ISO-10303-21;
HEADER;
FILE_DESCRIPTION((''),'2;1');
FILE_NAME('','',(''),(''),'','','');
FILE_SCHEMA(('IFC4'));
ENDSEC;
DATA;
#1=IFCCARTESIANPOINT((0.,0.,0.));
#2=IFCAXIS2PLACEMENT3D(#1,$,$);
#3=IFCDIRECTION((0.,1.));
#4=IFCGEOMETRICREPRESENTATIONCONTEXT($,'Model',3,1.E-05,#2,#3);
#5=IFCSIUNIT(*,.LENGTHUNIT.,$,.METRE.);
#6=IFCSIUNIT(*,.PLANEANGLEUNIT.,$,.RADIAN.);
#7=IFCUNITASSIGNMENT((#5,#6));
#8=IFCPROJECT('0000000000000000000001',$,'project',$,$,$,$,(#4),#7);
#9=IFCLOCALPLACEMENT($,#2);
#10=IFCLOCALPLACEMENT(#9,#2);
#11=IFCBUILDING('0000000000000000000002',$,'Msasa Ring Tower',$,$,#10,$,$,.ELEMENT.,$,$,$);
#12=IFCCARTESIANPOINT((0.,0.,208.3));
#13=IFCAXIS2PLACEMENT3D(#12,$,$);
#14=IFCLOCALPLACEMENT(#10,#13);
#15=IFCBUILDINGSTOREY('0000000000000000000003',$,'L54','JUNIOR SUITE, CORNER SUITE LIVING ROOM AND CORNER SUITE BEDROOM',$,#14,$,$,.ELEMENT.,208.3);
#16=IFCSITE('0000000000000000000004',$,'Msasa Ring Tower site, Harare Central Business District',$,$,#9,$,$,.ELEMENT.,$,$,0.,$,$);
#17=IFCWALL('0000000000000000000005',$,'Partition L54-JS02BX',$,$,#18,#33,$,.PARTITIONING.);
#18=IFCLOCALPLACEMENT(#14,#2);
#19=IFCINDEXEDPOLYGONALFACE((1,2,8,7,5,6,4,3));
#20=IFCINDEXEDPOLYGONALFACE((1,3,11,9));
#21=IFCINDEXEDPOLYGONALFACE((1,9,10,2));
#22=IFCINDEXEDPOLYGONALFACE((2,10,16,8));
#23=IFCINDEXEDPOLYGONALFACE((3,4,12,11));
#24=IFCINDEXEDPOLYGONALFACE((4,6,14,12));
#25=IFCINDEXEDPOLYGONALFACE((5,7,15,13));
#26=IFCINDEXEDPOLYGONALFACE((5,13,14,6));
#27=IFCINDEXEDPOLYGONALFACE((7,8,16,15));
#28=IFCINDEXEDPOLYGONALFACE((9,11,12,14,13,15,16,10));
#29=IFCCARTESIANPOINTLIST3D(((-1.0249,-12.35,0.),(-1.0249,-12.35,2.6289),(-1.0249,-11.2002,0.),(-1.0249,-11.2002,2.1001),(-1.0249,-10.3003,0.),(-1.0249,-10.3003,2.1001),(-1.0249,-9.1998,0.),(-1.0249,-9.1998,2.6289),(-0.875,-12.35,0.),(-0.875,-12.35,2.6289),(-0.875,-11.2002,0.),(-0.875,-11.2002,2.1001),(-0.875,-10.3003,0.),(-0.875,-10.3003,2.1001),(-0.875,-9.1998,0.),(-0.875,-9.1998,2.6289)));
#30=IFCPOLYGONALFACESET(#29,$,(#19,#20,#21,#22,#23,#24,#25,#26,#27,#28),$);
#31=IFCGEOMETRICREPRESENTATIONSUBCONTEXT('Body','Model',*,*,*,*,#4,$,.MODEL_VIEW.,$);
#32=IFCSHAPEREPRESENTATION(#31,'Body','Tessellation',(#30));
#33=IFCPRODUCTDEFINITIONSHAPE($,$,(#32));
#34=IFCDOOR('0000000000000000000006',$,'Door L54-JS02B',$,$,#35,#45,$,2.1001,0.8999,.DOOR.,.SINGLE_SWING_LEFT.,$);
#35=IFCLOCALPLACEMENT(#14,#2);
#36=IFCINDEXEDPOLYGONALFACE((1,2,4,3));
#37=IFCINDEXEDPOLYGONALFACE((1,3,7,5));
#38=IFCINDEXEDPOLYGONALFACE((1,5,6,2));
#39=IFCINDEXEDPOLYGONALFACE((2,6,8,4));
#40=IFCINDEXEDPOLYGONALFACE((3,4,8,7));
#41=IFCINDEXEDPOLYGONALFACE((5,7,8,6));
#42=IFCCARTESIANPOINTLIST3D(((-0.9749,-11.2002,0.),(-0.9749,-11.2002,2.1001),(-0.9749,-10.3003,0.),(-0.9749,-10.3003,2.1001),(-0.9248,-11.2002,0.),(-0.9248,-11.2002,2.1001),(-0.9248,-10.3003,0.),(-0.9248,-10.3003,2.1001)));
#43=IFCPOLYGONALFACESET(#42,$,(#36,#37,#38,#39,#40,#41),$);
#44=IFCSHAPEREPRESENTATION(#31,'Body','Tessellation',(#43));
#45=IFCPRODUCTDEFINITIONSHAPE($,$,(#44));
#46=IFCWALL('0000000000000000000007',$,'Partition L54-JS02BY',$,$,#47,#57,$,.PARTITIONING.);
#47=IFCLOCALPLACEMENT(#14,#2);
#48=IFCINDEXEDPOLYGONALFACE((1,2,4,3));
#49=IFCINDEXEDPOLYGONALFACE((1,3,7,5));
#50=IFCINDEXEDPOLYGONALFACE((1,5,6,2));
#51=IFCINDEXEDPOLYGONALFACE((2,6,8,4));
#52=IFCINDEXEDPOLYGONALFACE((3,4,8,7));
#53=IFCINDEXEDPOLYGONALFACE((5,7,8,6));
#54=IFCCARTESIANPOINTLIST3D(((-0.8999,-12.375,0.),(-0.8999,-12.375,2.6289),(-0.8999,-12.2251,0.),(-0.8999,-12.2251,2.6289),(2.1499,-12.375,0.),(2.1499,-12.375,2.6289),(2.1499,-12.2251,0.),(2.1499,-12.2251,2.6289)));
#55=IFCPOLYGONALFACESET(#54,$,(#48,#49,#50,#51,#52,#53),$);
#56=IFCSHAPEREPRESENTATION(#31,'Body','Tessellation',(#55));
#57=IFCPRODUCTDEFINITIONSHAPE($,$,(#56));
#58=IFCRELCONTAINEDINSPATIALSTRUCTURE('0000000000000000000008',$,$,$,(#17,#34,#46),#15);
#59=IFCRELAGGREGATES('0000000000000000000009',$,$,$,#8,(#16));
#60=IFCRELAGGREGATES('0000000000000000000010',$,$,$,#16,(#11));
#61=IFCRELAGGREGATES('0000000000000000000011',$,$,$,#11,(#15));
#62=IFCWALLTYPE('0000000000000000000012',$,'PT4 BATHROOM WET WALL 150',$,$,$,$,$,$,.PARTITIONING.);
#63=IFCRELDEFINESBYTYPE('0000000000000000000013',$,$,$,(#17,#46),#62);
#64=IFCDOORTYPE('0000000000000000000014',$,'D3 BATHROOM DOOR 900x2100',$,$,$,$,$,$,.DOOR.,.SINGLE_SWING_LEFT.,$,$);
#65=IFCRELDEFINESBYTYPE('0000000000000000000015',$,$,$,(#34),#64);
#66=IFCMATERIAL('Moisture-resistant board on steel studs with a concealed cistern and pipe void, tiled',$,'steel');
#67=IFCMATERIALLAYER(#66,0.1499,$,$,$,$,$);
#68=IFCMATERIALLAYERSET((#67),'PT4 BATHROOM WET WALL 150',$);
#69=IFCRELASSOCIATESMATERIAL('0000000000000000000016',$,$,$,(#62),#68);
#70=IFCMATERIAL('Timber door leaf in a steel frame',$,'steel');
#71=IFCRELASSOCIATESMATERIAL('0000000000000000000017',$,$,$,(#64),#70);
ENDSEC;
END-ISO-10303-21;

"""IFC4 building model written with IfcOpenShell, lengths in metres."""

from ifc_helpers import new_model, si_unit, direction, frame, frame_2d, origin, place, context, subcontext, project, spatial, rectangle, extrude, material, layer, layer_set, type_object, element, fill, save


model = new_model("IFC4")

# Units and contexts
model_context = context("Model", 3, precision=1e-05, world=origin(), true_north=direction((0.0, 1.0)))
body_context = subcontext(model_context, "Body", "Model", "MODEL_VIEW")
ifc_project = project(units=[si_unit("LENGTHUNIT", "METRE"), si_unit("PLANEANGLEUNIT", "RADIAN")], contexts=[model_context])

# Site, building, storey
site_placement = place(None, origin())
site = spatial("IfcSite", under=ifc_project, at=site_placement, Name="Msasa Ring Tower site, Harare Central Business District", CompositionType="ELEMENT", RefElevation=0.0)
building_placement = place(site_placement, origin())
building = spatial("IfcBuilding", under=site, at=building_placement, Name="Msasa Ring Tower", CompositionType="ELEMENT")
storey_placement = place(building_placement, frame((0.0, 0.0, 208.3)))
storey = spatial("IfcBuildingStorey", under=building, at=storey_placement, Name="L54", Description="JUNIOR SUITE, CORNER SUITE LIVING ROOM AND CORNER SUITE BEDROOM", CompositionType="ELEMENT", Elevation=208.3)

# Shared definitions
ifc_material_1 = material(Name="Moisture-resistant board on steel studs with a concealed cistern and pipe void, tiled", Category="steel")
ifc_layer_1 = layer(ifc_material_1, 0.1499)
ifc_layer_set_1 = layer_set([ifc_layer_1], Name="PT4 BATHROOM WET WALL 150")
wall_type_1 = type_object("IfcWallType", Name="PT4 BATHROOM WET WALL 150", PredefinedType="PARTITIONING", material=ifc_layer_set_1)
ifc_material_2 = material(Name="Timber door leaf in a steel frame", Category="steel")
door_type = type_object("IfcDoorType", Name="D3 BATHROOM DOOR 900x2100", OperationType="SINGLE_SWING_LEFT", PredefinedType="DOOR", material=ifc_material_2)

# Wall, opening, door
wall_1_placement = place(storey_placement, frame((-0.95, -12.3501, 0.0), z_axis=(0.0, 0.0, 1.0), x_axis=(0.0, 1.0, 0.0)))
wall_1 = element("IfcWall", 1, at=wall_1_placement, inside=storey, type_object=wall_type_1, Name="Partition L54-JS02BX", PredefinedType="PARTITIONING", context=body_context, shape_type="SweptSolid", body=[
    extrude(rectangle(XDim=3.1501, YDim=0.1499, at=frame_2d((1.5752, 0.0))), origin(), (0.0, 0.0, 1.0), 2.6289),
])
opening_1_placement = place(wall_1_placement, frame((1.1499, 0.0, 0.0)))
opening_1 = element("IfcOpeningElement", 2, at=opening_1_placement, cuts=wall_1, PredefinedType="OPENING", context=body_context, shape_type="SweptSolid", body=[
    extrude(rectangle(XDim=0.8999, YDim=2.1001, at=frame_2d((0.45, 1.05))), frame((0.0, 0.085, 0.0), z_axis=(0.0, -1.0, 0.0), x_axis=(1.0, 0.0, 0.0)), (0.0, 0.0, 1.0), 0.1699),
])
door_1_placement = place(opening_1_placement, origin())
door_1 = element("IfcDoor", 3, at=door_1_placement, inside=storey, type_object=door_type, Name="Door L54-JS02B", OperationType="SINGLE_SWING_LEFT", OverallHeight=2.1001, OverallWidth=0.8999, PredefinedType="DOOR", context=body_context, shape_type="SweptSolid", body=[
    extrude(rectangle(XDim=0.8999, YDim=2.1001, at=frame_2d((0.45, 1.05))), frame((0.0, 0.0249, 0.0), z_axis=(0.0, -1.0, 0.0), x_axis=(1.0, 0.0, 0.0)), (0.0, 0.0, 1.0), 0.05),
])
fill(opening_1, door_1)

# Wall
wall_2_placement = place(storey_placement, frame((-0.8999, -12.3, 0.0), z_axis=(0.0, 0.0, 1.0), x_axis=(1.0, 0.0, 0.0)))
element("IfcWall", 4, at=wall_2_placement, inside=storey, type_object=wall_type_1, Name="Partition L54-JS02BY", PredefinedType="PARTITIONING", context=body_context, shape_type="SweptSolid", body=[
    extrude(rectangle(XDim=3.0498, YDim=0.1499, at=frame_2d((1.5249, 0.0))), origin(), (0.0, 0.0, 1.0), 2.6289),
])

save(model, "model.ifc")
